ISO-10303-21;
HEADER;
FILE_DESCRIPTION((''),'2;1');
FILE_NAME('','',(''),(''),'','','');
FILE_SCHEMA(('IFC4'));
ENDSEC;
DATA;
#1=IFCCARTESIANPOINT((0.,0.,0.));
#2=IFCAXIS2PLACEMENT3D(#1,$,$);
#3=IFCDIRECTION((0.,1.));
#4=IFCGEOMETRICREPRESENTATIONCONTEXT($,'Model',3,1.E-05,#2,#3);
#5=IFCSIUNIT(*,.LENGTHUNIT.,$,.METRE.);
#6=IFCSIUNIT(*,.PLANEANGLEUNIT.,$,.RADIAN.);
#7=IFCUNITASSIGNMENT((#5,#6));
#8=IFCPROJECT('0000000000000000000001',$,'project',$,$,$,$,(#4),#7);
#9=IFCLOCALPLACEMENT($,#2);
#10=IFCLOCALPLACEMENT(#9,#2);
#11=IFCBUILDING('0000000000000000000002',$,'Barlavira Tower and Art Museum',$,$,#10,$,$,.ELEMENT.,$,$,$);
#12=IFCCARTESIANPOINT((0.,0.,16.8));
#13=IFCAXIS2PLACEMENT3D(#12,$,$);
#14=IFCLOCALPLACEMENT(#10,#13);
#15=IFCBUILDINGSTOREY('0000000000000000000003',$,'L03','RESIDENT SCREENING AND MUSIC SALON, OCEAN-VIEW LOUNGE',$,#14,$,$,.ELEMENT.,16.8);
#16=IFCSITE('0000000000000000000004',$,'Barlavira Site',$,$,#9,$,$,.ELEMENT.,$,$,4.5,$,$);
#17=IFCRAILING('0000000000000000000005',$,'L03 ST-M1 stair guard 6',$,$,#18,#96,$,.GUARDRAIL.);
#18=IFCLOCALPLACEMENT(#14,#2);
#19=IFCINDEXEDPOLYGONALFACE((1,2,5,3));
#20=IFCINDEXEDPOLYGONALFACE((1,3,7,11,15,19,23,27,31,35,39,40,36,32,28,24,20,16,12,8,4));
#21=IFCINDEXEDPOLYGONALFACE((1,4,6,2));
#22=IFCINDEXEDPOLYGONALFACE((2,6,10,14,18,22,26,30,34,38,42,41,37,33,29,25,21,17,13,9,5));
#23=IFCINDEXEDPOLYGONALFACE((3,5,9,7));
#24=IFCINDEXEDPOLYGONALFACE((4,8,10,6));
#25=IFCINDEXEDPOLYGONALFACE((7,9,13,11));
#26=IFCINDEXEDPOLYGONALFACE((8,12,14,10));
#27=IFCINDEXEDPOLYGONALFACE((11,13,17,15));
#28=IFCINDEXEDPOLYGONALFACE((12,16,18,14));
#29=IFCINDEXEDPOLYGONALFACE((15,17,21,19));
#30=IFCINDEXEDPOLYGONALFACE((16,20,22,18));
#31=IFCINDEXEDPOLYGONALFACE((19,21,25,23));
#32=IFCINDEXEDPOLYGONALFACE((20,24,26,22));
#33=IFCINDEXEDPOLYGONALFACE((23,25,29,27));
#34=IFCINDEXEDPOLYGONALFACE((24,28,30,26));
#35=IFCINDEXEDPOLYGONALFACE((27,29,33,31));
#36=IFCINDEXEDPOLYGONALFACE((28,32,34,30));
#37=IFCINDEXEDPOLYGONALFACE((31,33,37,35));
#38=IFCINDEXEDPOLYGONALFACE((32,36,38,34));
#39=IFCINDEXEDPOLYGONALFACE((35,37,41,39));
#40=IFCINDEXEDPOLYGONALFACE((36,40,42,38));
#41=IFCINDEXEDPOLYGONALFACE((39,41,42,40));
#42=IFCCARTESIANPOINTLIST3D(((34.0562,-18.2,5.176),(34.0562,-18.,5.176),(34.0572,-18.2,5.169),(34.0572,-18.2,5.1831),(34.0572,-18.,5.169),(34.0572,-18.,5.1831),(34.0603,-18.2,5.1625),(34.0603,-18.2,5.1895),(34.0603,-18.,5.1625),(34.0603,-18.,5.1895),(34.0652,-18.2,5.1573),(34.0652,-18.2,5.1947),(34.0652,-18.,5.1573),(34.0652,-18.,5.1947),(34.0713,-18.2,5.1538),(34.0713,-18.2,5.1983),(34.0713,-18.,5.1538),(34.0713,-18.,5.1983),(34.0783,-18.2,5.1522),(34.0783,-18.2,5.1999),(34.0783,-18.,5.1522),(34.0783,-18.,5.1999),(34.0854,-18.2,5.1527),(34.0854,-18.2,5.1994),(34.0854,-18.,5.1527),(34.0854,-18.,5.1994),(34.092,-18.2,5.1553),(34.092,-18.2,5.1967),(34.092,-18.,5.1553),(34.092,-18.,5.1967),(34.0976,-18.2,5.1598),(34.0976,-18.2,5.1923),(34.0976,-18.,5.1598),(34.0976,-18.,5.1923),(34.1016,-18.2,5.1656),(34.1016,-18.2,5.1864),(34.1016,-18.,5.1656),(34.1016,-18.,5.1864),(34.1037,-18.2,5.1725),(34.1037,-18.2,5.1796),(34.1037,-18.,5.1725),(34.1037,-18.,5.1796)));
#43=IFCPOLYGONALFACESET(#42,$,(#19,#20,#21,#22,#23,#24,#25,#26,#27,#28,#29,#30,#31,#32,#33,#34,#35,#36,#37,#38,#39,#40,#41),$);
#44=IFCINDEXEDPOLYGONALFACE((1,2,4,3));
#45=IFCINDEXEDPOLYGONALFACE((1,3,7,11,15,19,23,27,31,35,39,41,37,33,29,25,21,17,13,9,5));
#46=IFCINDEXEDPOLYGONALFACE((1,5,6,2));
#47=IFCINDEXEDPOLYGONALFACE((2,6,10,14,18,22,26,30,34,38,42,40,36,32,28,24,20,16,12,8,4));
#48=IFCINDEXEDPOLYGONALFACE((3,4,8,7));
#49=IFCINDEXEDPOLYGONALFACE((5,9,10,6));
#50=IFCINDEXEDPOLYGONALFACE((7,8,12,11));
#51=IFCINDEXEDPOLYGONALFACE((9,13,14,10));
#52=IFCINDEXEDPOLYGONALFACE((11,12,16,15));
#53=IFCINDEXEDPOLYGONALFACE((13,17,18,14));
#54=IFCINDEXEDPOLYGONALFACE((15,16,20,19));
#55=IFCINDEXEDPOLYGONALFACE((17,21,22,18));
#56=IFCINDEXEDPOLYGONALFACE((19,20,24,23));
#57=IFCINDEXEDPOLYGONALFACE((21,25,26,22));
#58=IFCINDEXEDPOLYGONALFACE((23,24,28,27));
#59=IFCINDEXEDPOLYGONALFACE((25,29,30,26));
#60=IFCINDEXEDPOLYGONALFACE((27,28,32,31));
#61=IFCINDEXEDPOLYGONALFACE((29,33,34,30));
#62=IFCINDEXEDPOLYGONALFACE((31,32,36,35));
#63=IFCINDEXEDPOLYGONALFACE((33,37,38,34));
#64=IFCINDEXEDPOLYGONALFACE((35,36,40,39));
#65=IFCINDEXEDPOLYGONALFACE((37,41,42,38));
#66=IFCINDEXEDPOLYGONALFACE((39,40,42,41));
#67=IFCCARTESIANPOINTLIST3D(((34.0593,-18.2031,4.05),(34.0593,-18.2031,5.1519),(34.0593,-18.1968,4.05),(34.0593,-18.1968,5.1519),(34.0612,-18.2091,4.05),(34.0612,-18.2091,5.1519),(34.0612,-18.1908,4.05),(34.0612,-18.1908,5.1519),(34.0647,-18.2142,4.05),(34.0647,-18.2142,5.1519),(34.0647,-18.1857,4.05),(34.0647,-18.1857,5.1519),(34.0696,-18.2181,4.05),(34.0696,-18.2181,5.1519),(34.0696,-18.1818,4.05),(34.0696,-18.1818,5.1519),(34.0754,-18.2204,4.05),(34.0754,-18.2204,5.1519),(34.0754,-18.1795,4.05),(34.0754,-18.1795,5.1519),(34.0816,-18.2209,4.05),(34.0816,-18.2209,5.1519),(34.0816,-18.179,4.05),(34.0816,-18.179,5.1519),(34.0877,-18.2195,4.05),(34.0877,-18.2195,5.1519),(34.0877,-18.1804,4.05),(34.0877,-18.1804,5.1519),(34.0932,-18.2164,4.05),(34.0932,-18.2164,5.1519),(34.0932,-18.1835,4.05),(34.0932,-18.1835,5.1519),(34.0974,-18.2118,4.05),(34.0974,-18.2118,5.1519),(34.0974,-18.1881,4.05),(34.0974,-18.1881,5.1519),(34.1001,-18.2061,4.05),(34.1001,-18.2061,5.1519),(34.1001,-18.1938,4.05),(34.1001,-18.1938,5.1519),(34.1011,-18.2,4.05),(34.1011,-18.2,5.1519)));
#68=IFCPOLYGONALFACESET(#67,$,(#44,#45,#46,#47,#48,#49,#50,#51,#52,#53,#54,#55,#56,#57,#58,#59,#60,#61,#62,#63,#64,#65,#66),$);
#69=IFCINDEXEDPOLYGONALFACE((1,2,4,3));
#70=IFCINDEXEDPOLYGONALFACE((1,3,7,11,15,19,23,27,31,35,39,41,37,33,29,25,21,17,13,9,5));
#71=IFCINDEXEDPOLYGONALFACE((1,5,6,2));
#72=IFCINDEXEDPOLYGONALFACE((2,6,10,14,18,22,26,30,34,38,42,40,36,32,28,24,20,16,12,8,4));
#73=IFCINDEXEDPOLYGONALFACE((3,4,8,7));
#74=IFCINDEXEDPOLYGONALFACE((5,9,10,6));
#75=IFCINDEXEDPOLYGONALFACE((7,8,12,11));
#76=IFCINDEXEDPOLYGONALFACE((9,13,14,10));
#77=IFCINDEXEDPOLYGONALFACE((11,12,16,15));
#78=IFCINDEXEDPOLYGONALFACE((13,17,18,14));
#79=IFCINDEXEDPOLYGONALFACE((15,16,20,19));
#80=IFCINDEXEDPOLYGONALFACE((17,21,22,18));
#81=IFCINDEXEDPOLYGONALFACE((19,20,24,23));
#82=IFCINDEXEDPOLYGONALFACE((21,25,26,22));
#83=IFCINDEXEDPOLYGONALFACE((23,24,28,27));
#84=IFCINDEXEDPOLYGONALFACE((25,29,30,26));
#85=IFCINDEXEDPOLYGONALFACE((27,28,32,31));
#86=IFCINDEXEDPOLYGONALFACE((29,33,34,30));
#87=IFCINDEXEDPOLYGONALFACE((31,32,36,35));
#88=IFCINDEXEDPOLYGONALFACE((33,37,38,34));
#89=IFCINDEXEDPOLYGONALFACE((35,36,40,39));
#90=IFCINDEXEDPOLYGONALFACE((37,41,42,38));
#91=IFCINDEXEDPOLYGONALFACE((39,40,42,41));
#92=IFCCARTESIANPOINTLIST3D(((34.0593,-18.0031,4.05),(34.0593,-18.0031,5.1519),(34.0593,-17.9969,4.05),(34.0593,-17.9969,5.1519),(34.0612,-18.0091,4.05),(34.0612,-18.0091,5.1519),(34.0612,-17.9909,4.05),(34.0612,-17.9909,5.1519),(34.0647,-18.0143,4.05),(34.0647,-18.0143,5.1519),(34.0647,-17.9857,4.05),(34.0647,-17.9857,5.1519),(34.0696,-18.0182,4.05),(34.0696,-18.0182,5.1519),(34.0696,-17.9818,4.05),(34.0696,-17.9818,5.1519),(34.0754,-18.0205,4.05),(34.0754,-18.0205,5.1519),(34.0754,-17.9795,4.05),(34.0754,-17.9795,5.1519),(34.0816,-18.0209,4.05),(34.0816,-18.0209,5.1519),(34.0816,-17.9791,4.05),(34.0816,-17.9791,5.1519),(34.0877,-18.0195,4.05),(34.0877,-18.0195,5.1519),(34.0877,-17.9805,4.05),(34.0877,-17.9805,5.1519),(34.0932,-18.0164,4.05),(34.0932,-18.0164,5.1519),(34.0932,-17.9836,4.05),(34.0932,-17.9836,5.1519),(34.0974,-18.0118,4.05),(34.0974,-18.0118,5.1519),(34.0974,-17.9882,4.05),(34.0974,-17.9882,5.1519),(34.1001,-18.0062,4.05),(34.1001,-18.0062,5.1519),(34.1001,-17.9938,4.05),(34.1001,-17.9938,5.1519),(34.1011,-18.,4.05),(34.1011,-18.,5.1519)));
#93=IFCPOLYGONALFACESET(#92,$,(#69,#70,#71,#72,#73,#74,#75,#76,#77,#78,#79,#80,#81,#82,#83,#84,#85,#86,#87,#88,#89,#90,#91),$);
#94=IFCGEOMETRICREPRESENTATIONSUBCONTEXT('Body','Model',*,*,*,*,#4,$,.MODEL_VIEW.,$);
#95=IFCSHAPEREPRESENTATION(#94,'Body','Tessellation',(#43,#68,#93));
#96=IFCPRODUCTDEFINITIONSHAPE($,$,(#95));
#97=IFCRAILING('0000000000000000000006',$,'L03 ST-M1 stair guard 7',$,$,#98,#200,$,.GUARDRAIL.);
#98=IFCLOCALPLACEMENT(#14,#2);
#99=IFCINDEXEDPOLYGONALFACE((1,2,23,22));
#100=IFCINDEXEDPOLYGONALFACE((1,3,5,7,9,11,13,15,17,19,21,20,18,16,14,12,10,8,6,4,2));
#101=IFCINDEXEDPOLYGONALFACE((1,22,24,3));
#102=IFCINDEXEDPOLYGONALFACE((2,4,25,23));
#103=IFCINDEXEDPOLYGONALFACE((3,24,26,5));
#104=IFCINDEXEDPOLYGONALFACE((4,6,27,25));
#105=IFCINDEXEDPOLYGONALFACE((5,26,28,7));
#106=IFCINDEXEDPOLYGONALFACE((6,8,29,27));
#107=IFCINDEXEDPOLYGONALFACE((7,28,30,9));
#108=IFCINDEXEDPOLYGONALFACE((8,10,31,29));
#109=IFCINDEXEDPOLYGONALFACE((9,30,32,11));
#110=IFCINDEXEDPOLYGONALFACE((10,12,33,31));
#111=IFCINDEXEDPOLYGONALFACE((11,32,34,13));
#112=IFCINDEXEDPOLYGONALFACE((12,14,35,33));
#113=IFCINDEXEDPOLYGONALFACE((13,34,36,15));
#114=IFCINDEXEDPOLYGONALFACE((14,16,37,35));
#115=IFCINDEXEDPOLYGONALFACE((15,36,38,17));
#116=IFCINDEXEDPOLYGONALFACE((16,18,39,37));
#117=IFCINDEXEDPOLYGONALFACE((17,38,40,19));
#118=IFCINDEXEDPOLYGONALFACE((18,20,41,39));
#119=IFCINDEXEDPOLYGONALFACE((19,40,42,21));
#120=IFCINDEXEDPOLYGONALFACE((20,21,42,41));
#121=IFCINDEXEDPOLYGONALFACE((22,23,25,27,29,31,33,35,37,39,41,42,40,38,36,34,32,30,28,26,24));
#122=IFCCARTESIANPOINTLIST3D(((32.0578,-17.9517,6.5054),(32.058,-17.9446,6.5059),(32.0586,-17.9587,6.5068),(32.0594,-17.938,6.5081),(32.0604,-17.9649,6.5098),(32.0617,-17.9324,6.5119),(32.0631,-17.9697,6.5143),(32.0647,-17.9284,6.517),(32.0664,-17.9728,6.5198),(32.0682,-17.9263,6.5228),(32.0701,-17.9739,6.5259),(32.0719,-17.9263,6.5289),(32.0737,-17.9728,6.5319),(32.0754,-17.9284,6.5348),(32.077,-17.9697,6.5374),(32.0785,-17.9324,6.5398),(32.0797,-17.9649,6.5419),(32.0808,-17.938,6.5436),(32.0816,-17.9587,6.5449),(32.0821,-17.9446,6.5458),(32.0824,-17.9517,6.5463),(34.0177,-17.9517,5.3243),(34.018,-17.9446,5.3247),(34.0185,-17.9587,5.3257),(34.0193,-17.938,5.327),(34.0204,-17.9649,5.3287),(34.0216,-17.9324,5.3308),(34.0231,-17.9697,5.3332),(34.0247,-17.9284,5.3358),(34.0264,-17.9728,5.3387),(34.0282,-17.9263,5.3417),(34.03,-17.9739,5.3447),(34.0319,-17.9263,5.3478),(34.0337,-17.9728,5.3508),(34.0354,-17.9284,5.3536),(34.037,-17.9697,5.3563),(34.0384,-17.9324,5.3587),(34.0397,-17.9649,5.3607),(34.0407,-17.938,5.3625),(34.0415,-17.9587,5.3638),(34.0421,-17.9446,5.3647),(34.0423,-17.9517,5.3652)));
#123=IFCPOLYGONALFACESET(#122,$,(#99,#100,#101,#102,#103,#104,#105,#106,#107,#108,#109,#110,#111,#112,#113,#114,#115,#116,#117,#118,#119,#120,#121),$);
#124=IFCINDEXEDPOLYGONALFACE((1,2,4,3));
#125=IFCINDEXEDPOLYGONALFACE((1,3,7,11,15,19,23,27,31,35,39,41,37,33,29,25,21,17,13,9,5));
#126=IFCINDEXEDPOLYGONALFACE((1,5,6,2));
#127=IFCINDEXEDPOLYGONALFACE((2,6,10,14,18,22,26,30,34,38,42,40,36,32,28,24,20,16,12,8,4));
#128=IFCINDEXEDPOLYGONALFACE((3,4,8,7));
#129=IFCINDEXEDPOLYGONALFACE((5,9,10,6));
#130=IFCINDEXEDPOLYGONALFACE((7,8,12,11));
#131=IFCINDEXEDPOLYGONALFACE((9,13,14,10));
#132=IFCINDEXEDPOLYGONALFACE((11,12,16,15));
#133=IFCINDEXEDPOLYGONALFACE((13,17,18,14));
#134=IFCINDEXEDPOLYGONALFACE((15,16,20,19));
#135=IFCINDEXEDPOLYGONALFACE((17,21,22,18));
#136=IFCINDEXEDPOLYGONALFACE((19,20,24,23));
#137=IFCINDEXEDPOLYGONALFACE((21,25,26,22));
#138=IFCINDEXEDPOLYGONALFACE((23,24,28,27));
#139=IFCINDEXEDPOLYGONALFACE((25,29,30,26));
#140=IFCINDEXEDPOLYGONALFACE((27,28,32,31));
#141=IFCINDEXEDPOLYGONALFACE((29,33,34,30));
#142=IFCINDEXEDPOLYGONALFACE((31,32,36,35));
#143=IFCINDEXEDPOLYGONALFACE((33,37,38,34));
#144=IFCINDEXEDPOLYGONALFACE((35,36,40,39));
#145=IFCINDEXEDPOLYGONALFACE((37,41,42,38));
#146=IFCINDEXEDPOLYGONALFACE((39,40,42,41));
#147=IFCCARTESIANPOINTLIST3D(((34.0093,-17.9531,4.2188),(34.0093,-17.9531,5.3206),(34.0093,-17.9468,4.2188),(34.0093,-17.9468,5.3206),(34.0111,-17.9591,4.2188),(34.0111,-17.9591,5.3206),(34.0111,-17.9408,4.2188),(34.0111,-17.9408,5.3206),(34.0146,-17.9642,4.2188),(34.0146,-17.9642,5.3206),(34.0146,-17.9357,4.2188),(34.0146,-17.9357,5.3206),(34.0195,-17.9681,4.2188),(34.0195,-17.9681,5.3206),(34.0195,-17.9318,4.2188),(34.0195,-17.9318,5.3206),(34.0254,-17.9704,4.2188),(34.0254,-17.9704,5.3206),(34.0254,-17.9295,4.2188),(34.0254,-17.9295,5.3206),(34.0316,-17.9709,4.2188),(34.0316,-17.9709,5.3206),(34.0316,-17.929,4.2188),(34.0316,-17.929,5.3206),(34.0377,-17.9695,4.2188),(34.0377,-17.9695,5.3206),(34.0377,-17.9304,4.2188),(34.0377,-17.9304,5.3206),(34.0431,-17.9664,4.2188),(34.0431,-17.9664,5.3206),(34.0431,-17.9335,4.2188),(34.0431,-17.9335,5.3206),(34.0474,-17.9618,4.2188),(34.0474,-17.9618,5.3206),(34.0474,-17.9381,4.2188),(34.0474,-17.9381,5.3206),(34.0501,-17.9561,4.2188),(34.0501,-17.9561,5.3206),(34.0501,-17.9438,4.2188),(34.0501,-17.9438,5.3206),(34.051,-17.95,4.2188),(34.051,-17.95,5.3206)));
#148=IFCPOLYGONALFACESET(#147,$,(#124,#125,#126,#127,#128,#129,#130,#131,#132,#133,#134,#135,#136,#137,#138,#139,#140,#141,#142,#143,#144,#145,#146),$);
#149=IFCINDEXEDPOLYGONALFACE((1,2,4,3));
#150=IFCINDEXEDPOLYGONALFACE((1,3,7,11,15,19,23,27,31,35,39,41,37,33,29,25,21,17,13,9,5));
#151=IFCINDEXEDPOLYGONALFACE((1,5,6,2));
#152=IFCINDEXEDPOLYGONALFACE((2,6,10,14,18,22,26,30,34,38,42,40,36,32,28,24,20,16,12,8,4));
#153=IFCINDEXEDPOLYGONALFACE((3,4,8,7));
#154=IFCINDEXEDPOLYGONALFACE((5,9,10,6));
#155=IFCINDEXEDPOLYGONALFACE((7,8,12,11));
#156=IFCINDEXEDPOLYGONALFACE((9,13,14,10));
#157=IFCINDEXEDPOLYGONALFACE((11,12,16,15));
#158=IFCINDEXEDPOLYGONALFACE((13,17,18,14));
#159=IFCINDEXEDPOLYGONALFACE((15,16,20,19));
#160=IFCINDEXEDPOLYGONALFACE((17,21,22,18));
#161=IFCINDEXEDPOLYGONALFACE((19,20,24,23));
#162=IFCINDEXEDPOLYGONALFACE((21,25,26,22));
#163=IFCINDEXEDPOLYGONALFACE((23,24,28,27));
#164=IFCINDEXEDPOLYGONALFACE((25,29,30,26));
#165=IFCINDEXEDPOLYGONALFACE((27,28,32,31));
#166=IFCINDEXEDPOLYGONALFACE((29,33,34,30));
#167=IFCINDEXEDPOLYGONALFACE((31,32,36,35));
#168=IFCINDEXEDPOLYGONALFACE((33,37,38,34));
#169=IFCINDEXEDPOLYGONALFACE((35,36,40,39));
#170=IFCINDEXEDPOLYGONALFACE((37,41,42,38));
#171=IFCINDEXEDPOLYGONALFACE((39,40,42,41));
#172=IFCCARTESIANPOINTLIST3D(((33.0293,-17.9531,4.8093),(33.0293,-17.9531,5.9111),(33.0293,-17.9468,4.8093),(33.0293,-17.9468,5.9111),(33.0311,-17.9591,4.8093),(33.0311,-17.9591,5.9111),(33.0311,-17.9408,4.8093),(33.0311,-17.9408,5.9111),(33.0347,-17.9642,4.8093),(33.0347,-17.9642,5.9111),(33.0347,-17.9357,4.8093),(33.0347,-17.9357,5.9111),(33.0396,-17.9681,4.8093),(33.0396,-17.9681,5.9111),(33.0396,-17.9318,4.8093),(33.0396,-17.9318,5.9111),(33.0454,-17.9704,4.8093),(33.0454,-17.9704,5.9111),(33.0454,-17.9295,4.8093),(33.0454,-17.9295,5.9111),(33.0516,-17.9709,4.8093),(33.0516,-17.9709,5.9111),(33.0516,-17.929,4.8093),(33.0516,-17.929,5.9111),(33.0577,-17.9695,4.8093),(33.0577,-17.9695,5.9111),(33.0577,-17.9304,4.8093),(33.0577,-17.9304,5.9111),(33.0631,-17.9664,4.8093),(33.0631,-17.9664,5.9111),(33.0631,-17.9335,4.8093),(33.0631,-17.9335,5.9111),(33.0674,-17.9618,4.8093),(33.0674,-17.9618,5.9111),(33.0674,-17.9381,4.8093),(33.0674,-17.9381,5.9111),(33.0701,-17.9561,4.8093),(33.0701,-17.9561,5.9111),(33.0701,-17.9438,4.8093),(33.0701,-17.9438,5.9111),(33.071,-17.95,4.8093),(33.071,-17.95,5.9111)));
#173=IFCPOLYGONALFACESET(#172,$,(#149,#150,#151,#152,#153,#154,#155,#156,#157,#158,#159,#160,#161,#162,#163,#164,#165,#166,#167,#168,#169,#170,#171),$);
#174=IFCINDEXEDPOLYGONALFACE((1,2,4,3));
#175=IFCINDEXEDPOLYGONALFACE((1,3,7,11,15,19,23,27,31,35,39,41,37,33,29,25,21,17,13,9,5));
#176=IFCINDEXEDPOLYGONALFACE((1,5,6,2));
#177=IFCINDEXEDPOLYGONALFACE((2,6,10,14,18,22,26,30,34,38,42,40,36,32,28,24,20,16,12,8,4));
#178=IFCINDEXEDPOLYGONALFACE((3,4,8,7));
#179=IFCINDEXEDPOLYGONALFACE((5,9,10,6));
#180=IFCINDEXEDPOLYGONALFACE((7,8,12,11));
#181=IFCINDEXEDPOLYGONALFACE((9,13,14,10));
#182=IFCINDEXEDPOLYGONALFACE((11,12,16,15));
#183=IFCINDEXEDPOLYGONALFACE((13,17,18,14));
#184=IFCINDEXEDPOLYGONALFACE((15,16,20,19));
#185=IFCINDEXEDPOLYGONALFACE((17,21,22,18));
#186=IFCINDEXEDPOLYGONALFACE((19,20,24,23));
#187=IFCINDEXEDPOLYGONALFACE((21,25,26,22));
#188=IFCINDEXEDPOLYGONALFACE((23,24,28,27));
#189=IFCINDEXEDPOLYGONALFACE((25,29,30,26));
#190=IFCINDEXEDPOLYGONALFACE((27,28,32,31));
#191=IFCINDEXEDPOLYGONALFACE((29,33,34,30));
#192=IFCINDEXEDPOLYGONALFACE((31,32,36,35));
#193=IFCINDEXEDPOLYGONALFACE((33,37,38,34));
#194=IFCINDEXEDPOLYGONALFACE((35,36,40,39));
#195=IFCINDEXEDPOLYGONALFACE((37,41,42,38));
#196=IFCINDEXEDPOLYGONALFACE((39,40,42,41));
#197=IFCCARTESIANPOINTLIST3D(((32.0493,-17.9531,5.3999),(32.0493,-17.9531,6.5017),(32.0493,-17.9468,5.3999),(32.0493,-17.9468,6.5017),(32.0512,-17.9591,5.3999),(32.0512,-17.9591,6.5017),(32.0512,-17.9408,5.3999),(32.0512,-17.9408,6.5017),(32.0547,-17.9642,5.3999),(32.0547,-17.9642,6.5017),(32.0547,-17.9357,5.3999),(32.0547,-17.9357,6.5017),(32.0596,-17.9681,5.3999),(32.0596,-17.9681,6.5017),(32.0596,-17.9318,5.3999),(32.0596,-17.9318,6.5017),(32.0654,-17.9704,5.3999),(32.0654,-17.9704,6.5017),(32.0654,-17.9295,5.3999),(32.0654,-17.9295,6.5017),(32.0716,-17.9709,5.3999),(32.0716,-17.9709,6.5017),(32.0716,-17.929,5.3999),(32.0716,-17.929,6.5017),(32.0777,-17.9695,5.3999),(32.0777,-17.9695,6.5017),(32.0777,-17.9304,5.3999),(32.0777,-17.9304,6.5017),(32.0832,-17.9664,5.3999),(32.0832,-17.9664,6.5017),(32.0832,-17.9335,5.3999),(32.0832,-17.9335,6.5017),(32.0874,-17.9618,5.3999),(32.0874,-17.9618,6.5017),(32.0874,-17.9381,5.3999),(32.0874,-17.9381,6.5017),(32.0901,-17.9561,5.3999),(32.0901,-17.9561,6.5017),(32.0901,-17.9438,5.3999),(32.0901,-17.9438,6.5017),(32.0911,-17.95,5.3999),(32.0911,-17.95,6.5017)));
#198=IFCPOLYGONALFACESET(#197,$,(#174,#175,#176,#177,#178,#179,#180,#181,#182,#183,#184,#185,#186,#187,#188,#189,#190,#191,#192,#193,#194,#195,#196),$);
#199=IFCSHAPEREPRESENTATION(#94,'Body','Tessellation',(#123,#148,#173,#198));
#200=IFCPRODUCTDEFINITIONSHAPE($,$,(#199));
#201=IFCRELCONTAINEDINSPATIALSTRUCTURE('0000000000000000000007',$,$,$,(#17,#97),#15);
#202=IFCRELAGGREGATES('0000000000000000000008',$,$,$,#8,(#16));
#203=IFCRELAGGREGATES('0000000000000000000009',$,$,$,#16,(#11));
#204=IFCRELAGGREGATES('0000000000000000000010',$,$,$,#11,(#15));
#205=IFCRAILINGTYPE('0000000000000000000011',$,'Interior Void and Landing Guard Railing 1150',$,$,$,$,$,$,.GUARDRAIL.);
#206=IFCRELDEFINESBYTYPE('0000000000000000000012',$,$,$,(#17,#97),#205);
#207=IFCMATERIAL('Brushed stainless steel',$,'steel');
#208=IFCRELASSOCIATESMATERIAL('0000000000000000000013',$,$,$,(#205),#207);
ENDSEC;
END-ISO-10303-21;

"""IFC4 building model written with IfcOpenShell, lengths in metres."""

from ifc_helpers import new_model, si_unit, direction, frame, origin, origin_2d, place, context, subcontext, project, spatial, circle, extrude, material, type_object, element, save


model = new_model("IFC4")

# Units and contexts
model_context = context("Model", 3, precision=1e-05, world=origin(), true_north=direction((0.0, 1.0)))
body_context = subcontext(model_context, "Body", "Model", "MODEL_VIEW")
ifc_project = project(units=[si_unit("LENGTHUNIT", "METRE"), si_unit("PLANEANGLEUNIT", "RADIAN")], contexts=[model_context])

# Site, building, storey
site_placement = place(None, origin())
site = spatial("IfcSite", under=ifc_project, at=site_placement, Name="Barlavira Site", CompositionType="ELEMENT", RefElevation=4.5)
building_placement = place(site_placement, origin())
building = spatial("IfcBuilding", under=site, at=building_placement, Name="Barlavira Tower and Art Museum", CompositionType="ELEMENT")
storey_placement = place(building_placement, frame((0.0, 0.0, 16.8)))
storey = spatial("IfcBuildingStorey", under=building, at=storey_placement, Name="L03", Description="RESIDENT SCREENING AND MUSIC SALON, OCEAN-VIEW LOUNGE", CompositionType="ELEMENT", Elevation=16.8)

# Shared definitions
ifc_material_1 = material(Name="Brushed stainless steel", Category="steel")

# Railings
railing_type_1 = type_object("IfcRailingType", Name="Interior Void and Landing Guard Railing 1150", PredefinedType="GUARDRAIL", material=ifc_material_1)
railing_1_placement = place(storey_placement, frame((34.0801, -18.2, 4.05)))
element("IfcRailing", 1, at=railing_1_placement, inside=storey, type_object=railing_type_1, Name="L03 ST-M1 stair guard 6", PredefinedType="GUARDRAIL", context=body_context, shape_type="SweptSolid", body=[
    extrude(circle(Radius=0.0239, at=origin_2d()), frame((0.0, 0.0, 1.126), z_axis=(0.0, 1.0, 0.0), x_axis=(-1.0, 0.0, 0.0)), (0.0, 0.0, 1.0), 0.2),
    extrude(circle(Radius=0.021, at=origin_2d()), origin(), (0.0, 0.0, 1.0), 1.1018),
    extrude(circle(Radius=0.021, at=origin_2d()), frame((0.0, 0.2, 0.0)), (0.0, 0.0, 1.0), 1.1018),
])
railing_2_placement = place(storey_placement, frame((34.03, -17.95, 4.2188)))
element("IfcRailing", 2, at=railing_2_placement, inside=storey, type_object=railing_type_1, Name="L03 ST-M1 stair guard 7", PredefinedType="GUARDRAIL", context=body_context, shape_type="SweptSolid", body=[
    extrude(circle(Radius=0.0239, at=origin_2d()), frame((0.0, 0.0, 1.126), z_axis=(-0.856493, 0.0, 0.516158), x_axis=(0.0, -1.0, 0.0)), (0.0, 0.0, 1.0), 2.2883),
    extrude(circle(Radius=0.021, at=origin_2d()), origin(), (0.0, 0.0, 1.0), 1.1018),
    extrude(circle(Radius=0.021, at=origin_2d()), frame((-0.98, 0.0, 0.5906)), (0.0, 0.0, 1.0), 1.1018),
    extrude(circle(Radius=0.021, at=origin_2d()), frame((-1.96, 0.0, 1.1812)), (0.0, 0.0, 1.0), 1.1018),
])

save(model, "model.ifc")
